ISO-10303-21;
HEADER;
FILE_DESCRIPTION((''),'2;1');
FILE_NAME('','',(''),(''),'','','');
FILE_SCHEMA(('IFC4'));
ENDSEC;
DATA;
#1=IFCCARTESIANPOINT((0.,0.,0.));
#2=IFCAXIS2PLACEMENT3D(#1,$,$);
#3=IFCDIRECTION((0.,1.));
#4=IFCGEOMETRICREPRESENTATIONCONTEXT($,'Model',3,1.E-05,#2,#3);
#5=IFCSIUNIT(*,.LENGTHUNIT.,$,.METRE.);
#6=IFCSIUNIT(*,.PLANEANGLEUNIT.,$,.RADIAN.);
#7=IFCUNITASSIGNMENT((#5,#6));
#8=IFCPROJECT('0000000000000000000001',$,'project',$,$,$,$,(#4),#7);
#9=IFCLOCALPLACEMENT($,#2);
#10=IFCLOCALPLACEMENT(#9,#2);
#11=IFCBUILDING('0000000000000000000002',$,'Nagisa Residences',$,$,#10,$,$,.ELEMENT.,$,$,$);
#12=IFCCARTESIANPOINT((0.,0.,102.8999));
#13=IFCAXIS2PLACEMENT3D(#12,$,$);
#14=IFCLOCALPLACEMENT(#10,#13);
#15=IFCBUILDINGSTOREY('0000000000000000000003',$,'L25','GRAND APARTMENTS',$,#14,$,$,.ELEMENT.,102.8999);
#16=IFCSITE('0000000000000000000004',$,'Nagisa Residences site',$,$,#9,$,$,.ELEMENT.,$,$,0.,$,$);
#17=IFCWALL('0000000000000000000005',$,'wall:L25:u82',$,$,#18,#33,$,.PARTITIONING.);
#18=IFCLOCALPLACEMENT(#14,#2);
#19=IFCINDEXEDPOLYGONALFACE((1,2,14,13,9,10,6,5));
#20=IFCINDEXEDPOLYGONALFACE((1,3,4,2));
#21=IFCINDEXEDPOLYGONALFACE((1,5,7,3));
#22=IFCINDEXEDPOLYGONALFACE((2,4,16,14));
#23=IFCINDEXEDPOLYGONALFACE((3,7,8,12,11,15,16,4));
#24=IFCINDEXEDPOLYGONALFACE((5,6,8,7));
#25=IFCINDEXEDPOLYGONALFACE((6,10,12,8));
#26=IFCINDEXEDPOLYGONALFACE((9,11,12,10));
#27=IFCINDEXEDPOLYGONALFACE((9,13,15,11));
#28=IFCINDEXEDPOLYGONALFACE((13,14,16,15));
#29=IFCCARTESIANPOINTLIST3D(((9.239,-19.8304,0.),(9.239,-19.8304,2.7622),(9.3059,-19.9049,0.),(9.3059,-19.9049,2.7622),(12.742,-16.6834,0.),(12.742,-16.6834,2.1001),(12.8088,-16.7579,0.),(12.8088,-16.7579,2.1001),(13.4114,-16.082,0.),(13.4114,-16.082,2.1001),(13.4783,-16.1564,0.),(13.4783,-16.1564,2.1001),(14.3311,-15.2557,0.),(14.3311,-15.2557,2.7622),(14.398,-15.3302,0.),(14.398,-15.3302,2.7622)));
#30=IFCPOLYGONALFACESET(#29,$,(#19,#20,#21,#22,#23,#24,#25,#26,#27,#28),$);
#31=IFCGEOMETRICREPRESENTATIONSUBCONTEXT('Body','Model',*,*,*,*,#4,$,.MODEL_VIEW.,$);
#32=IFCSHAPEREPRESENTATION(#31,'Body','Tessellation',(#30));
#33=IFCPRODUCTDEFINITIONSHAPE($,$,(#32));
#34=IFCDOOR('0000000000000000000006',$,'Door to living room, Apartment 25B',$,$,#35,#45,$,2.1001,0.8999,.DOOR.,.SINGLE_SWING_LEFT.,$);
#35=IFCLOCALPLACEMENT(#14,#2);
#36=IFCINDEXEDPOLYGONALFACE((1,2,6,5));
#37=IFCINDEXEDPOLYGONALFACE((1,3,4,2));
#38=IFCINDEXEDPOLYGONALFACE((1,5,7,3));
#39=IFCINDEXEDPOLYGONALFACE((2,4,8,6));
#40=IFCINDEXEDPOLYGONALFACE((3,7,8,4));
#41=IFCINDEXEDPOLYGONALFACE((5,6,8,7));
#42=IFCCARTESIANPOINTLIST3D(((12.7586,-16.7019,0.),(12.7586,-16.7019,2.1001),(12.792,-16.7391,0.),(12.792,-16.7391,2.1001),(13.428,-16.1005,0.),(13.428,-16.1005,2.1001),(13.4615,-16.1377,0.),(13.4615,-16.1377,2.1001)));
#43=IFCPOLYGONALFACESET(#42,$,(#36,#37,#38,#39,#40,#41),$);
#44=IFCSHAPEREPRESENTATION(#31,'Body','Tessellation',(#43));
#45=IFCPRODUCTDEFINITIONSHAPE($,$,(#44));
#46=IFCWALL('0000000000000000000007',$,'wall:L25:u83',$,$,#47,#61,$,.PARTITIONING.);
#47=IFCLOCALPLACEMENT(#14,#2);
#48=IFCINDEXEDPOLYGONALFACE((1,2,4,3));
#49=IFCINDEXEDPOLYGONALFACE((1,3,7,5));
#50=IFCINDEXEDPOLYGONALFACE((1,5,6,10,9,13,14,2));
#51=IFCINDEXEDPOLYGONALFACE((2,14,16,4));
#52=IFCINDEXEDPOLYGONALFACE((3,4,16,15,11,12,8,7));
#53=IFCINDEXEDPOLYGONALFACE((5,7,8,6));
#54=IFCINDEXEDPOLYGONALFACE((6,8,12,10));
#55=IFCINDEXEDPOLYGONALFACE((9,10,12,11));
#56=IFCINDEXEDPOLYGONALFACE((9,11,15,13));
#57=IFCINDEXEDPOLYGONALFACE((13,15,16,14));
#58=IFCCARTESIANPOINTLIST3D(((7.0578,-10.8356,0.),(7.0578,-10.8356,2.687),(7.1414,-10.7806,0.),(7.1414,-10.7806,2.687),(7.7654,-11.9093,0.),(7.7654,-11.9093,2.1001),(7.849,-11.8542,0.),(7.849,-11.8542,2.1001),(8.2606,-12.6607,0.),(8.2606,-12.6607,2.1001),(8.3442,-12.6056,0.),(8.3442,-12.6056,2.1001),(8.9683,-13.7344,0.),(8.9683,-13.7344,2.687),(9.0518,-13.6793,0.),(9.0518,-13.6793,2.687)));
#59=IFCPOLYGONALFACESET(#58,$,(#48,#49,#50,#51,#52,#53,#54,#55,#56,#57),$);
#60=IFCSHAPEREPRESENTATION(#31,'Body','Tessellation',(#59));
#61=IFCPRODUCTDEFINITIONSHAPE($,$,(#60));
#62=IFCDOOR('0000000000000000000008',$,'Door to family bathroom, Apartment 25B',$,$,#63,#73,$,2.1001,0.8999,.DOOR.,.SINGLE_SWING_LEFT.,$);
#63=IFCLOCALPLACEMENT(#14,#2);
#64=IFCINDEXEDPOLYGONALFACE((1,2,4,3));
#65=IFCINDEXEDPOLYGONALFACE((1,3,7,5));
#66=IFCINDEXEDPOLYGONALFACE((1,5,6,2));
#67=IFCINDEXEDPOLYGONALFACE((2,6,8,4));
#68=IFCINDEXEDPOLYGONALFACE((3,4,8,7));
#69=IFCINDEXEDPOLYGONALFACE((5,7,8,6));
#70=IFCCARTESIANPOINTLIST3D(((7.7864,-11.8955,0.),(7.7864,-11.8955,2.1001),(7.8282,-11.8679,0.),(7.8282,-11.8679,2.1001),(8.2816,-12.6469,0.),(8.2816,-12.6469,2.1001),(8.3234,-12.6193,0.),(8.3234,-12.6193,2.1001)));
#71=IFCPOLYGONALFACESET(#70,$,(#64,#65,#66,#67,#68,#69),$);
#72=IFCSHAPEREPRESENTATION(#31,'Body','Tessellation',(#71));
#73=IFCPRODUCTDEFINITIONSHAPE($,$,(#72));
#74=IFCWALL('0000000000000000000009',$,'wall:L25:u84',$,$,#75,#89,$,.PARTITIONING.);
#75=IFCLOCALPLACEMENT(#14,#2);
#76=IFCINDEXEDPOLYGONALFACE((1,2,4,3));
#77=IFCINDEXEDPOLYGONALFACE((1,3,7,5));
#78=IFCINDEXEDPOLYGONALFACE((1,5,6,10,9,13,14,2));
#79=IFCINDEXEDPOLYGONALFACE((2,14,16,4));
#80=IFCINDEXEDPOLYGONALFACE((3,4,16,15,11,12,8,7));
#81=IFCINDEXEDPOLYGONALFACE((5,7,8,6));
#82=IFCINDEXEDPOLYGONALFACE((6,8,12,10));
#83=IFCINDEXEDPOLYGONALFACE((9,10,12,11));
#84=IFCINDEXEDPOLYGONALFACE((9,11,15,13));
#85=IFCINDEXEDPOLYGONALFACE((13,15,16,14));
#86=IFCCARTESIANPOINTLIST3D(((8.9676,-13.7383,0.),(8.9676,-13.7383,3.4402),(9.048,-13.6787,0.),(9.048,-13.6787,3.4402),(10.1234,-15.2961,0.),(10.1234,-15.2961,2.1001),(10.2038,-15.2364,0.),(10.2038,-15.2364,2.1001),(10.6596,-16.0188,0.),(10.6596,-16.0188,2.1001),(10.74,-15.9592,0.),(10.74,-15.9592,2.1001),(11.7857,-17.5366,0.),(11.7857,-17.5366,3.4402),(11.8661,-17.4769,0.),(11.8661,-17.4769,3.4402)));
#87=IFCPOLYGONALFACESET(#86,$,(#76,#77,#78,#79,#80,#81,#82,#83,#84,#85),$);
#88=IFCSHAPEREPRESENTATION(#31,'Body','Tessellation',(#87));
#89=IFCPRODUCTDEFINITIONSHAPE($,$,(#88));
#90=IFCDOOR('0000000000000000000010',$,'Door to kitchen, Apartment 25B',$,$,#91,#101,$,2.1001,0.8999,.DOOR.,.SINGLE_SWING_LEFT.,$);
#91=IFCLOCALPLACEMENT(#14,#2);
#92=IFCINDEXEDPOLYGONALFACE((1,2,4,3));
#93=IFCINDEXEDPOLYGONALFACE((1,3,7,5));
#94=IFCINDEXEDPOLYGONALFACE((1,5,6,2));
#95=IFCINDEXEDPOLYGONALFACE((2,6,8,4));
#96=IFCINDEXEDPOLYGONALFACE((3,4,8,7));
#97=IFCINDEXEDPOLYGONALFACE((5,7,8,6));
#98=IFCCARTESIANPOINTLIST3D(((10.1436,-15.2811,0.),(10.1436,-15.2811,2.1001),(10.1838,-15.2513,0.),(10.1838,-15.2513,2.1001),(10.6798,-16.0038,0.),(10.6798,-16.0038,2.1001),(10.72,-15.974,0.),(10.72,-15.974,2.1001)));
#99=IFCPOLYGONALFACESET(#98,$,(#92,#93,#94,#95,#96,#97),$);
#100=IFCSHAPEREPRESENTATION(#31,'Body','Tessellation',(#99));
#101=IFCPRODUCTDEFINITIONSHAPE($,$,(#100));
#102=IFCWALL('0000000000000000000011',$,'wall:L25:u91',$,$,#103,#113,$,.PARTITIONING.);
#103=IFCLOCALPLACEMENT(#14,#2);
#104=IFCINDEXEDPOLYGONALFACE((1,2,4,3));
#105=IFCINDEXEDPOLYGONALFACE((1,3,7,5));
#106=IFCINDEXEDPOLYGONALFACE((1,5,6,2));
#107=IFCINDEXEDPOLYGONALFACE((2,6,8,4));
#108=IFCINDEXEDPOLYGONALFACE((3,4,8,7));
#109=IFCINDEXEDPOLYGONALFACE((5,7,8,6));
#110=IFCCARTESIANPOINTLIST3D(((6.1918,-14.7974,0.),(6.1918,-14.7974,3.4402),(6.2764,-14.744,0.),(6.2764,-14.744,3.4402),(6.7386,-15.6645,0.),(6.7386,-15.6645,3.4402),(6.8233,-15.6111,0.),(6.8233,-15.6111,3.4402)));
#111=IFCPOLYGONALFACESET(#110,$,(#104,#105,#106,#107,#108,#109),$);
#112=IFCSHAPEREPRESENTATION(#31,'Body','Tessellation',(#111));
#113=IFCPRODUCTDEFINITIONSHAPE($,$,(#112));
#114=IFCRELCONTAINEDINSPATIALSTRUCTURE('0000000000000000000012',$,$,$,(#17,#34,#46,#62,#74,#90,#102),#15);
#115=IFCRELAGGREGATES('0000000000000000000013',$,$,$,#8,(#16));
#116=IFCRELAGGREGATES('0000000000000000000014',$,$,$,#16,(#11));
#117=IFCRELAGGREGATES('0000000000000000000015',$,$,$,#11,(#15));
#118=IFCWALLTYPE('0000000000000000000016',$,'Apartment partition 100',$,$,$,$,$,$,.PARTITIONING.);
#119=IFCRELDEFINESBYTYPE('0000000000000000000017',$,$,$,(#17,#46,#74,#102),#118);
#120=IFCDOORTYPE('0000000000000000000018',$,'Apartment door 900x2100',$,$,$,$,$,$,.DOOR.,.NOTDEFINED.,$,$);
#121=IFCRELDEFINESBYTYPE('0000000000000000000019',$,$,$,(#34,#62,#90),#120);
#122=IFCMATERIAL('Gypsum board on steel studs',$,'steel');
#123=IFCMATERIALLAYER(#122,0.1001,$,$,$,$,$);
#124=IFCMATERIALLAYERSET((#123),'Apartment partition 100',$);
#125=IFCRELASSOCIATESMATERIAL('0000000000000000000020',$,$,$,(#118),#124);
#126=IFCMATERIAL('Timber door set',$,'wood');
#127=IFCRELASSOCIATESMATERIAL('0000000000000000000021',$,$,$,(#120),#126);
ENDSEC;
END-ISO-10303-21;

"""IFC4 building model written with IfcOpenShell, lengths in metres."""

from ifc_helpers import new_model, si_unit, direction, frame, frame_2d, origin, place, context, subcontext, project, spatial, rectangle, extrude, material, layer, layer_set, type_object, element, fill, save


model = new_model("IFC4")

# Units and contexts
model_context = context("Model", 3, precision=1e-05, world=origin(), true_north=direction((0.0, 1.0)))
body_context = subcontext(model_context, "Body", "Model", "MODEL_VIEW")
ifc_project = project(units=[si_unit("LENGTHUNIT", "METRE"), si_unit("PLANEANGLEUNIT", "RADIAN")], contexts=[model_context])

# Site, building, storey
site_placement = place(None, origin())
site = spatial("IfcSite", under=ifc_project, at=site_placement, Name="Nagisa Residences site", CompositionType="ELEMENT", RefElevation=0.0)
building_placement = place(site_placement, origin())
building = spatial("IfcBuilding", under=site, at=building_placement, Name="Nagisa Residences", CompositionType="ELEMENT")
storey_placement = place(building_placement, frame((0.0, 0.0, 102.8999)))
storey = spatial("IfcBuildingStorey", under=building, at=storey_placement, Name="L25", Description="GRAND APARTMENTS", CompositionType="ELEMENT", Elevation=102.8999)

# Shared definitions
ifc_material_1 = material(Name="Gypsum board on steel studs", Category="steel")
ifc_layer_1 = layer(ifc_material_1, 0.1001)
ifc_layer_set_1 = layer_set([ifc_layer_1], Name="Apartment partition 100")
wall_type_1 = type_object("IfcWallType", Name="Apartment partition 100", PredefinedType="PARTITIONING", material=ifc_layer_set_1)
ifc_material_2 = material(Name="Timber door set", Category="wood")
door_type_1 = type_object("IfcDoorType", Name="Apartment door 900x2100", OperationType="NOTDEFINED", PredefinedType="DOOR", material=ifc_material_2)

# Walls, openings, doors
wall_1_placement = place(storey_placement, frame((9.2725, -19.8677, 0.0), z_axis=(0.0, 0.0, 1.0), x_axis=(0.743884, 0.668308, 0.0)))
wall_1 = element("IfcWall", 1, at=wall_1_placement, inside=storey, type_object=wall_type_1, Name="wall:L25:u82", PredefinedType="PARTITIONING", context=body_context, shape_type="SweptSolid", body=[
    extrude(rectangle(XDim=6.8452, YDim=0.1001, at=frame_2d((3.4226, 0.0))), origin(), (0.0, 0.0, 1.0), 2.7622),
])
opening_1_placement = place(wall_1_placement, frame((4.709, 0.0, 0.0)))
opening_1 = element("IfcOpeningElement", 2, at=opening_1_placement, cuts=wall_1, PredefinedType="OPENING", context=body_context, shape_type="SweptSolid", body=[
    extrude(rectangle(XDim=0.8999, YDim=2.1001, at=frame_2d((0.45, 1.05))), frame((0.0, 0.0601, 0.0), z_axis=(0.0, -1.0, 0.0), x_axis=(1.0, 0.0, 0.0)), (0.0, 0.0, 1.0), 0.1201),
])
door_1_placement = place(opening_1_placement, frame((0.8999, 0.0, 0.0), x_axis=(-1.0, 0.0, 0.0)))
door_1 = element("IfcDoor", 3, at=door_1_placement, inside=storey, type_object=door_type_1, Name="Door to living room, Apartment 25B", OperationType="SINGLE_SWING_LEFT", OverallHeight=2.1001, OverallWidth=0.8999, PredefinedType="DOOR", context=body_context, shape_type="SweptSolid", body=[
    extrude(rectangle(XDim=0.8999, YDim=2.1001, at=frame_2d((0.45, 1.05))), frame((0.0, 0.0249, 0.0), z_axis=(0.0, -1.0, 0.0), x_axis=(1.0, 0.0, 0.0)), (0.0, 0.0, 1.0), 0.05),
])
fill(opening_1, door_1)
wall_2_placement = place(storey_placement, frame((7.0996, -10.8081, 0.0), z_axis=(0.0, 0.0, 1.0), x_axis=(0.550294, -0.834971, 0.0)))
wall_2 = element("IfcWall", 4, at=wall_2_placement, inside=storey, type_object=wall_type_1, Name="wall:L25:u83", PredefinedType="PARTITIONING", context=body_context, shape_type="SweptSolid", body=[
    extrude(rectangle(XDim=3.4717, YDim=0.1001, at=frame_2d((1.7358, 0.0))), origin(), (0.0, 0.0, 1.0), 2.687),
])
opening_2_placement = place(wall_2_placement, frame((1.2859, 0.0, 0.0)))
opening_2 = element("IfcOpeningElement", 5, at=opening_2_placement, cuts=wall_2, PredefinedType="OPENING", context=body_context, shape_type="SweptSolid", body=[
    extrude(rectangle(XDim=0.8999, YDim=2.1001, at=frame_2d((0.45, 1.05))), frame((0.0, 0.0601, 0.0), z_axis=(0.0, -1.0, 0.0), x_axis=(1.0, 0.0, 0.0)), (0.0, 0.0, 1.0), 0.1201),
])
door_2_placement = place(opening_2_placement, frame((0.8999, 0.0, 0.0), x_axis=(-1.0, 0.0, 0.0)))
door_2 = element("IfcDoor", 6, at=door_2_placement, inside=storey, type_object=door_type_1, Name="Door to family bathroom, Apartment 25B", OperationType="SINGLE_SWING_LEFT", OverallHeight=2.1001, OverallWidth=0.8999, PredefinedType="DOOR", context=body_context, shape_type="SweptSolid", body=[
    extrude(rectangle(XDim=0.8999, YDim=2.1001, at=frame_2d((0.45, 1.05))), frame((0.0, 0.0249, 0.0), z_axis=(0.0, -1.0, 0.0), x_axis=(1.0, 0.0, 0.0)), (0.0, 0.0, 1.0), 0.05),
])
fill(opening_2, door_2)
wall_3_placement = place(storey_placement, frame((9.0078, -13.7085, 0.0), z_axis=(0.0, 0.0, 1.0), x_axis=(0.595846, -0.803099, 0.0)))
wall_3 = element("IfcWall", 7, at=wall_3_placement, inside=storey, type_object=wall_type_1, Name="wall:L25:u84", PredefinedType="PARTITIONING", context=body_context, shape_type="SweptSolid", body=[
    extrude(rectangle(XDim=4.7295, YDim=0.1001, at=frame_2d((2.3647, 0.0))), origin(), (0.0, 0.0, 1.0), 3.4402),
])
opening_3_placement = place(wall_3_placement, frame((1.9397, 0.0, 0.0)))
opening_3 = element("IfcOpeningElement", 8, at=opening_3_placement, cuts=wall_3, PredefinedType="OPENING", context=body_context, shape_type="SweptSolid", body=[
    extrude(rectangle(XDim=0.8999, YDim=2.1001, at=frame_2d((0.45, 1.05))), frame((0.0, 0.0601, 0.0), z_axis=(0.0, -1.0, 0.0), x_axis=(1.0, 0.0, 0.0)), (0.0, 0.0, 1.0), 0.1201),
])
door_3_placement = place(opening_3_placement, frame((0.8999, 0.0, 0.0), x_axis=(-1.0, 0.0, 0.0)))
door_3 = element("IfcDoor", 9, at=door_3_placement, inside=storey, type_object=door_type_1, Name="Door to kitchen, Apartment 25B", OperationType="SINGLE_SWING_LEFT", OverallHeight=2.1001, OverallWidth=0.8999, PredefinedType="DOOR", context=body_context, shape_type="SweptSolid", body=[
    extrude(rectangle(XDim=0.8999, YDim=2.1001, at=frame_2d((0.45, 1.05))), frame((0.0, 0.0249, 0.0), z_axis=(0.0, -1.0, 0.0), x_axis=(1.0, 0.0, 0.0)), (0.0, 0.0, 1.0), 0.05),
])
fill(opening_3, door_3)

# Wall
wall_4_placement = place(storey_placement, frame((6.781, -15.6379, 0.0), z_axis=(0.0, 0.0, 1.0), x_axis=(-0.533419, 0.845851, 0.0)))
element("IfcWall", 10, at=wall_4_placement, inside=storey, type_object=wall_type_1, Name="wall:L25:u91", PredefinedType="PARTITIONING", context=body_context, shape_type="SweptSolid", body=[
    extrude(rectangle(XDim=1.0251, YDim=0.1001, at=frame_2d((0.5127, 0.0))), origin(), (0.0, 0.0, 1.0), 3.4402),
])

save(model, "model.ifc")
